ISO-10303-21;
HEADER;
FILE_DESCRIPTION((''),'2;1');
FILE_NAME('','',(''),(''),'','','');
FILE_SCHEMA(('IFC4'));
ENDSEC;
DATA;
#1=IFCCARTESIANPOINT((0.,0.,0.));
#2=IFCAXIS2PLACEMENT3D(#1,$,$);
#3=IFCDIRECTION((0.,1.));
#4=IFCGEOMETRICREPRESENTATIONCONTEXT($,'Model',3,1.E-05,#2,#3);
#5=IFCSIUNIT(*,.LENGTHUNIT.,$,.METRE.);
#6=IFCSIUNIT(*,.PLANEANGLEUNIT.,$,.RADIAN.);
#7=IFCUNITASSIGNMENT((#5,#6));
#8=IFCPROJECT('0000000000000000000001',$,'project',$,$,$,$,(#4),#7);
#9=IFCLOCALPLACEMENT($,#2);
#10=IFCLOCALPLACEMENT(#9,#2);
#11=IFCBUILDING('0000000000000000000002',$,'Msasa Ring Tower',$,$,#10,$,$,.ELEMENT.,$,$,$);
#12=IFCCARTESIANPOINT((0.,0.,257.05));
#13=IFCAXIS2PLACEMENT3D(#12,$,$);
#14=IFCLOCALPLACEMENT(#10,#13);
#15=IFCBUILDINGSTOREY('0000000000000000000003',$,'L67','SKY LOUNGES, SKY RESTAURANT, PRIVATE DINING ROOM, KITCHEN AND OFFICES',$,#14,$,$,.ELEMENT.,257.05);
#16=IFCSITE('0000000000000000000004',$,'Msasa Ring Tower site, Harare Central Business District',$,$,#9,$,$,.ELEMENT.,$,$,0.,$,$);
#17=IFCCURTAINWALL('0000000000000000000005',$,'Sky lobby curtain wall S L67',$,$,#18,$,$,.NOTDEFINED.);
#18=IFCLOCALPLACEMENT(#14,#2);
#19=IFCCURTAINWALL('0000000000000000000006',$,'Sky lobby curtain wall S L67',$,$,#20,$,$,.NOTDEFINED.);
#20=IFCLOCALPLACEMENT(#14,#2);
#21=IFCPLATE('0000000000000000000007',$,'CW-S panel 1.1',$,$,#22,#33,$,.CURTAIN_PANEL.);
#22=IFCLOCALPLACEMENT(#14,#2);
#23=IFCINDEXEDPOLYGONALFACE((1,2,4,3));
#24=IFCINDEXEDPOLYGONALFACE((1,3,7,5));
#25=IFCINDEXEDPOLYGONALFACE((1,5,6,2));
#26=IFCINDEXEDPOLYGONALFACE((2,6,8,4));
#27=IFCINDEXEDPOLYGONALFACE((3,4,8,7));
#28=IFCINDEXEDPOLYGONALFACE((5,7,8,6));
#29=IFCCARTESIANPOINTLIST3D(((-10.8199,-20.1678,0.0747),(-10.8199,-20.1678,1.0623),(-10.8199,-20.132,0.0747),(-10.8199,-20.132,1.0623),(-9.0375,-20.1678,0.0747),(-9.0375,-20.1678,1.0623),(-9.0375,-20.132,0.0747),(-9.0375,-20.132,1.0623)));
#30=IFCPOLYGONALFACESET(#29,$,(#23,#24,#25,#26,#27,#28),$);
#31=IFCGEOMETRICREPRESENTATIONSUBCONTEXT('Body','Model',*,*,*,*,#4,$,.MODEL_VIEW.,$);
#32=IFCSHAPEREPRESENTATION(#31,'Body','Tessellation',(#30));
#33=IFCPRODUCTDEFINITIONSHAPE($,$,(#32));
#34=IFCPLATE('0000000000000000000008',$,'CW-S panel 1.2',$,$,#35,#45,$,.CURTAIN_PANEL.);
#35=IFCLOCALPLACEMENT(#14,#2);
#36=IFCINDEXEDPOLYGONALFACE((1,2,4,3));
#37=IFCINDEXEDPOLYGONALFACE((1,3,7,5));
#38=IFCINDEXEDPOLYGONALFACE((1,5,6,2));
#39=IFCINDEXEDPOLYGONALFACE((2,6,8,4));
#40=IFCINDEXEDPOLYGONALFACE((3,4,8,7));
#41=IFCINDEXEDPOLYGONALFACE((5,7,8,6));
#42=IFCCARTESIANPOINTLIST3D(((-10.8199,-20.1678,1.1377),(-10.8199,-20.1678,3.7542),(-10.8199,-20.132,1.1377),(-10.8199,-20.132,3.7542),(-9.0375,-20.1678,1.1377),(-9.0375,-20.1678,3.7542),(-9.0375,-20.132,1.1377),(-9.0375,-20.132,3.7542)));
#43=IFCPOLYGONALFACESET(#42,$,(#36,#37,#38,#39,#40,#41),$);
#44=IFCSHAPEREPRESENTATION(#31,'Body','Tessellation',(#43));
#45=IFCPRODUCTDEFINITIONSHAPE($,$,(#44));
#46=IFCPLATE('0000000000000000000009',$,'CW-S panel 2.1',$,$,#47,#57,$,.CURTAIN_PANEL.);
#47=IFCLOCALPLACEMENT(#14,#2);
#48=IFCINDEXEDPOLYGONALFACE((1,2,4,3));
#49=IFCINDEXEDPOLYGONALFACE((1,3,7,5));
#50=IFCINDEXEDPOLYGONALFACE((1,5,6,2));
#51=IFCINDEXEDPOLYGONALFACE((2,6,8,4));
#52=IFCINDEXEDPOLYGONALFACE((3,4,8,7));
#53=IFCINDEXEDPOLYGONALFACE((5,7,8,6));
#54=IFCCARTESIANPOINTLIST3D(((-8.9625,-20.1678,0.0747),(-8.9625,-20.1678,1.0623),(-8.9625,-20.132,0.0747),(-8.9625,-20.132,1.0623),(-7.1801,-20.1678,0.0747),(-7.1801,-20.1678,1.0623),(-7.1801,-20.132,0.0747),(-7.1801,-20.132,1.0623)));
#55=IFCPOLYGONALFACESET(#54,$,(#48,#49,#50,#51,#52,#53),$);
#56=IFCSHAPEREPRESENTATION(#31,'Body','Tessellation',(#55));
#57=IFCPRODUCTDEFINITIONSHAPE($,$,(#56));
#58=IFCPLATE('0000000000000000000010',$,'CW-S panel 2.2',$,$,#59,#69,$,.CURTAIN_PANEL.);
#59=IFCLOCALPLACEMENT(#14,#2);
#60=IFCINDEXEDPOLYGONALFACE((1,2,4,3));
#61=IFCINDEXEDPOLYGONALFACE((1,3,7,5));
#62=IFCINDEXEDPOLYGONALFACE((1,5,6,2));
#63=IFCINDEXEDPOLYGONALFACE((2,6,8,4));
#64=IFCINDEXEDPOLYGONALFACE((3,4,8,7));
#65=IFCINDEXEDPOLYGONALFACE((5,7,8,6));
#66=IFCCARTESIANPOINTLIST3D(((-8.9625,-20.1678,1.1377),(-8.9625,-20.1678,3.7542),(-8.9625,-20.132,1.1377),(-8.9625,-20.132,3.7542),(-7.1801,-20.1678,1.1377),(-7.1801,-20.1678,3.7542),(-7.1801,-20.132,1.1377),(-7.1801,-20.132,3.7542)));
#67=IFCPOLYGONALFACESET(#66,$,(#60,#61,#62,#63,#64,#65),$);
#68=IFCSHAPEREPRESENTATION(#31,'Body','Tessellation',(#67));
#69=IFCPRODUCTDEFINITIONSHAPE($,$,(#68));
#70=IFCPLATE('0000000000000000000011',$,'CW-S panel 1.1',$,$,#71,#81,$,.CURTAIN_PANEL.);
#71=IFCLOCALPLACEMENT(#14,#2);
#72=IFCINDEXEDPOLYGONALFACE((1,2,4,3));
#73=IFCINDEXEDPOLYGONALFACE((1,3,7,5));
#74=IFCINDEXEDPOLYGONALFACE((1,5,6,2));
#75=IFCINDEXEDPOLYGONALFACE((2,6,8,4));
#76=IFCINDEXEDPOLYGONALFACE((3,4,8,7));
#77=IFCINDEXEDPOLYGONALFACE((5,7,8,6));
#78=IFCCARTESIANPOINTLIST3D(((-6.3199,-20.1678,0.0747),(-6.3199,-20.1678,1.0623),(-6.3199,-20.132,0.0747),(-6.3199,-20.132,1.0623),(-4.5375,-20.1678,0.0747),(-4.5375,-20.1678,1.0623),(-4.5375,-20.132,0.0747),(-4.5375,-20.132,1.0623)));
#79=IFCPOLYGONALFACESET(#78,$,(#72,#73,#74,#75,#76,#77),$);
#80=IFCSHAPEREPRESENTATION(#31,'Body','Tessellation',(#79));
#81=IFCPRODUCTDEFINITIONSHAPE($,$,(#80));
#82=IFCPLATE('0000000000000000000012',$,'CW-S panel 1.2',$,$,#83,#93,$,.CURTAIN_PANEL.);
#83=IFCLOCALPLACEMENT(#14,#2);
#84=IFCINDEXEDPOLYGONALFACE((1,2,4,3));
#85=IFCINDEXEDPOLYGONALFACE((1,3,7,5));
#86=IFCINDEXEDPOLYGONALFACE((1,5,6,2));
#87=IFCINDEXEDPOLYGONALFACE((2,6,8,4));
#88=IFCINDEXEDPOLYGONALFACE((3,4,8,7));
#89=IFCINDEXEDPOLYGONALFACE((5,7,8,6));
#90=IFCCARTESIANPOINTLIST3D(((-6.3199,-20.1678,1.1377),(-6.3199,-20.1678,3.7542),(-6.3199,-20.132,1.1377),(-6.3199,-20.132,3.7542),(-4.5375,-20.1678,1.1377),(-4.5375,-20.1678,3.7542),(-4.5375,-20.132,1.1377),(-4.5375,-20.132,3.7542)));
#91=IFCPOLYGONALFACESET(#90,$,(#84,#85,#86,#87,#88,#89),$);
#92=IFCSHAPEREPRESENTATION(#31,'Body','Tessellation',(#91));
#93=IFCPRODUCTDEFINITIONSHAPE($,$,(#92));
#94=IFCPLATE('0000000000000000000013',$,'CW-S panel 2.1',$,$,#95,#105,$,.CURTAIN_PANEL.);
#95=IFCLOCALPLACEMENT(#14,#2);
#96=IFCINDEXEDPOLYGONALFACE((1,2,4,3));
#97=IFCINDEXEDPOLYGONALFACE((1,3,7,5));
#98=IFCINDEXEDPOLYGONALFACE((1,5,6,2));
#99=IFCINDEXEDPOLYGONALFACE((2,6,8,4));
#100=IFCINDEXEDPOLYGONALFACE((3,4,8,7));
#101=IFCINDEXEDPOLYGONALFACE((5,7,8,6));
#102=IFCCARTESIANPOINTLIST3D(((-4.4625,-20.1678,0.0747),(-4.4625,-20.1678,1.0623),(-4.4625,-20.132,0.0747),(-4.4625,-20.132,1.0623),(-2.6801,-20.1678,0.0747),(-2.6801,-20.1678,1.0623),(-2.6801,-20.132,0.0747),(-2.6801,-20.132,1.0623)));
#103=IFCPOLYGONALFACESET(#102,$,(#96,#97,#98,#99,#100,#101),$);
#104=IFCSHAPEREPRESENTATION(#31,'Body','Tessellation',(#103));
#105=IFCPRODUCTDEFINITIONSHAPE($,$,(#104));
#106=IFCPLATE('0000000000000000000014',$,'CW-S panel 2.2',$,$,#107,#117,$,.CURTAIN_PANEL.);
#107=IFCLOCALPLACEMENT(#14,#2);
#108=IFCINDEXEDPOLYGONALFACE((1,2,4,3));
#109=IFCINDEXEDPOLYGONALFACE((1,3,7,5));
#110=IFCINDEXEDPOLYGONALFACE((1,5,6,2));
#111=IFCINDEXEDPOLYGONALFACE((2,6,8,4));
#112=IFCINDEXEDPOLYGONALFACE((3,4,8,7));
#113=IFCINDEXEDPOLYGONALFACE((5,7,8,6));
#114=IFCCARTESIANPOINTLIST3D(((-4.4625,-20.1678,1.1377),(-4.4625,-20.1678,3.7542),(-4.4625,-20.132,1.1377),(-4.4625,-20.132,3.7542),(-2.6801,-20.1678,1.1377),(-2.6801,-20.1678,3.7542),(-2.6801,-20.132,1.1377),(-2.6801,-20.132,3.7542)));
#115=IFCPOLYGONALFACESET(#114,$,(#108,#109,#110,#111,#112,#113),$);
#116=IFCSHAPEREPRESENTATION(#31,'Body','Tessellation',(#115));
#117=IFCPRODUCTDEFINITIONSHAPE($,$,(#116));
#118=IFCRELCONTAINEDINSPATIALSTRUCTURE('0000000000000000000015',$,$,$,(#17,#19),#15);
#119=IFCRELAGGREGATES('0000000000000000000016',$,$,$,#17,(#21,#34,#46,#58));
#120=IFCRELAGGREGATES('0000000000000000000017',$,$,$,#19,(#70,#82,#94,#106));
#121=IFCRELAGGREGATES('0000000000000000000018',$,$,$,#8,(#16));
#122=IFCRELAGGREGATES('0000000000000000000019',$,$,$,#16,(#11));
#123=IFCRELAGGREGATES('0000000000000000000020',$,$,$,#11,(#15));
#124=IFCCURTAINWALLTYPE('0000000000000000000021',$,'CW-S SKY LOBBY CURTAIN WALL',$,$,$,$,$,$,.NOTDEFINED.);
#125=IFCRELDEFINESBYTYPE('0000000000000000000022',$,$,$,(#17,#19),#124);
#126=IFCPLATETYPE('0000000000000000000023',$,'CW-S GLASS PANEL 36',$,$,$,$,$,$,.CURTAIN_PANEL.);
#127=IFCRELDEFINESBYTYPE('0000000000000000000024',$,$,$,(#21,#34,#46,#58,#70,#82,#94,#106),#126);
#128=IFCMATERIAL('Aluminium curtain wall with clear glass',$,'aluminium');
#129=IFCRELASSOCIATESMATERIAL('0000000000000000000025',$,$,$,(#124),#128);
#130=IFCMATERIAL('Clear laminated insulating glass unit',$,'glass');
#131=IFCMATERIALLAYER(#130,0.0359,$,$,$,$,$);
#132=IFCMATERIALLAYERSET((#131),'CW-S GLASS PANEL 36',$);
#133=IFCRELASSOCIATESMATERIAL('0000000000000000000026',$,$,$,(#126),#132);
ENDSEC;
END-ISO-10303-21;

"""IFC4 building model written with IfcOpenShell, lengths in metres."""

from ifc_helpers import new_model, si_unit, direction, frame, origin, origin_2d, place, context, subcontext, project, spatial, rectangle, extrude, material, layer, layer_set, type_object, element, aggregate, save


model = new_model("IFC4")

# Units and contexts
model_context = context("Model", 3, precision=1e-05, world=origin(), true_north=direction((0.0, 1.0)))
body_context = subcontext(model_context, "Body", "Model", "MODEL_VIEW")
ifc_project = project(units=[si_unit("LENGTHUNIT", "METRE"), si_unit("PLANEANGLEUNIT", "RADIAN")], contexts=[model_context])

# Site, building, storey
site_placement = place(None, origin())
site = spatial("IfcSite", under=ifc_project, at=site_placement, Name="Msasa Ring Tower site, Harare Central Business District", CompositionType="ELEMENT", RefElevation=0.0)
building_placement = place(site_placement, origin())
building = spatial("IfcBuilding", under=site, at=building_placement, Name="Msasa Ring Tower", CompositionType="ELEMENT")
storey_placement = place(building_placement, frame((0.0, 0.0, 257.05)))
storey = spatial("IfcBuildingStorey", under=building, at=storey_placement, Name="L67", Description="SKY LOUNGES, SKY RESTAURANT, PRIVATE DINING ROOM, KITCHEN AND OFFICES", CompositionType="ELEMENT", Elevation=257.05)

# Curtain walls
ifc_material_1 = material(Name="Aluminium curtain wall with clear glass", Category="aluminium")
curtain_wall_type = type_object("IfcCurtainWallType", Name="CW-S SKY LOBBY CURTAIN WALL", PredefinedType="NOTDEFINED", material=ifc_material_1)
curtain_wall_1_placement = place(storey_placement, origin())
curtain_wall_1 = element("IfcCurtainWall", 1, at=curtain_wall_1_placement, inside=storey, type_object=curtain_wall_type, Name="Sky lobby curtain wall S L67", PredefinedType="NOTDEFINED")
curtain_wall_2_placement = place(storey_placement, origin())
curtain_wall_2 = element("IfcCurtainWall", 2, at=curtain_wall_2_placement, inside=storey, type_object=curtain_wall_type, Name="Sky lobby curtain wall S L67", PredefinedType="NOTDEFINED")

# Plates
ifc_material_2 = material(Name="Clear laminated insulating glass unit", Category="glass")
ifc_layer = layer(ifc_material_2, 0.0359)
ifc_layer_set = layer_set([ifc_layer], Name="CW-S GLASS PANEL 36")
plate_type = type_object("IfcPlateType", Name="CW-S GLASS PANEL 36", PredefinedType="CURTAIN_PANEL", material=ifc_layer_set)
plate_1_placement = place(storey_placement, frame((-9.9287, -20.1499, 0.0747), z_axis=(0.0, 0.0, 1.0), x_axis=(1.0, 0.0, 0.0)))
plate_1 = element("IfcPlate", 3, at=plate_1_placement, type_object=plate_type, Name="CW-S panel 1.1", PredefinedType="CURTAIN_PANEL", context=body_context, shape_type="SweptSolid", body=[
    extrude(rectangle(XDim=1.7825, YDim=0.0359, at=origin_2d()), origin(), (0.0, 0.0, 1.0), 0.9875),
])
plate_2_placement = place(storey_placement, frame((-9.9287, -20.1499, 1.1377), z_axis=(0.0, 0.0, 1.0), x_axis=(1.0, 0.0, 0.0)))
plate_2 = element("IfcPlate", 4, at=plate_2_placement, type_object=plate_type, Name="CW-S panel 1.2", PredefinedType="CURTAIN_PANEL", context=body_context, shape_type="SweptSolid", body=[
    extrude(rectangle(XDim=1.7825, YDim=0.0359, at=origin_2d()), origin(), (0.0, 0.0, 1.0), 2.6165),
])
plate_3_placement = place(storey_placement, frame((-8.0713, -20.1499, 0.0747), z_axis=(0.0, 0.0, 1.0), x_axis=(1.0, 0.0, 0.0)))
plate_3 = element("IfcPlate", 5, at=plate_3_placement, type_object=plate_type, Name="CW-S panel 2.1", PredefinedType="CURTAIN_PANEL", context=body_context, shape_type="SweptSolid", body=[
    extrude(rectangle(XDim=1.7825, YDim=0.0359, at=origin_2d()), origin(), (0.0, 0.0, 1.0), 0.9875),
])
plate_4_placement = place(storey_placement, frame((-8.0713, -20.1499, 1.1377), z_axis=(0.0, 0.0, 1.0), x_axis=(1.0, 0.0, 0.0)))
plate_4 = element("IfcPlate", 6, at=plate_4_placement, type_object=plate_type, Name="CW-S panel 2.2", PredefinedType="CURTAIN_PANEL", context=body_context, shape_type="SweptSolid", body=[
    extrude(rectangle(XDim=1.7825, YDim=0.0359, at=origin_2d()), origin(), (0.0, 0.0, 1.0), 2.6165),
])
aggregate(curtain_wall_1, [plate_1, plate_2, plate_3, plate_4])
plate_5_placement = place(storey_placement, frame((-5.4287, -20.1499, 0.0747), z_axis=(0.0, 0.0, 1.0), x_axis=(1.0, 0.0, 0.0)))
plate_5 = element("IfcPlate", 7, at=plate_5_placement, type_object=plate_type, Name="CW-S panel 1.1", PredefinedType="CURTAIN_PANEL", context=body_context, shape_type="SweptSolid", body=[
    extrude(rectangle(XDim=1.7825, YDim=0.0359, at=origin_2d()), origin(), (0.0, 0.0, 1.0), 0.9875),
])
plate_6_placement = place(storey_placement, frame((-5.4287, -20.1499, 1.1377), z_axis=(0.0, 0.0, 1.0), x_axis=(1.0, 0.0, 0.0)))
plate_6 = element("IfcPlate", 8, at=plate_6_placement, type_object=plate_type, Name="CW-S panel 1.2", PredefinedType="CURTAIN_PANEL", context=body_context, shape_type="SweptSolid", body=[
    extrude(rectangle(XDim=1.7825, YDim=0.0359, at=origin_2d()), origin(), (0.0, 0.0, 1.0), 2.6165),
])
plate_7_placement = place(storey_placement, frame((-3.5713, -20.1499, 0.0747), z_axis=(0.0, 0.0, 1.0), x_axis=(1.0, 0.0, 0.0)))
plate_7 = element("IfcPlate", 9, at=plate_7_placement, type_object=plate_type, Name="CW-S panel 2.1", PredefinedType="CURTAIN_PANEL", context=body_context, shape_type="SweptSolid", body=[
    extrude(rectangle(XDim=1.7825, YDim=0.0359, at=origin_2d()), origin(), (0.0, 0.0, 1.0), 0.9875),
])
plate_8_placement = place(storey_placement, frame((-3.5713, -20.1499, 1.1377), z_axis=(0.0, 0.0, 1.0), x_axis=(1.0, 0.0, 0.0)))
plate_8 = element("IfcPlate", 10, at=plate_8_placement, type_object=plate_type, Name="CW-S panel 2.2", PredefinedType="CURTAIN_PANEL", context=body_context, shape_type="SweptSolid", body=[
    extrude(rectangle(XDim=1.7825, YDim=0.0359, at=origin_2d()), origin(), (0.0, 0.0, 1.0), 2.6165),
])
aggregate(curtain_wall_2, [plate_5, plate_6, plate_7, plate_8])

save(model, "model.ifc")
